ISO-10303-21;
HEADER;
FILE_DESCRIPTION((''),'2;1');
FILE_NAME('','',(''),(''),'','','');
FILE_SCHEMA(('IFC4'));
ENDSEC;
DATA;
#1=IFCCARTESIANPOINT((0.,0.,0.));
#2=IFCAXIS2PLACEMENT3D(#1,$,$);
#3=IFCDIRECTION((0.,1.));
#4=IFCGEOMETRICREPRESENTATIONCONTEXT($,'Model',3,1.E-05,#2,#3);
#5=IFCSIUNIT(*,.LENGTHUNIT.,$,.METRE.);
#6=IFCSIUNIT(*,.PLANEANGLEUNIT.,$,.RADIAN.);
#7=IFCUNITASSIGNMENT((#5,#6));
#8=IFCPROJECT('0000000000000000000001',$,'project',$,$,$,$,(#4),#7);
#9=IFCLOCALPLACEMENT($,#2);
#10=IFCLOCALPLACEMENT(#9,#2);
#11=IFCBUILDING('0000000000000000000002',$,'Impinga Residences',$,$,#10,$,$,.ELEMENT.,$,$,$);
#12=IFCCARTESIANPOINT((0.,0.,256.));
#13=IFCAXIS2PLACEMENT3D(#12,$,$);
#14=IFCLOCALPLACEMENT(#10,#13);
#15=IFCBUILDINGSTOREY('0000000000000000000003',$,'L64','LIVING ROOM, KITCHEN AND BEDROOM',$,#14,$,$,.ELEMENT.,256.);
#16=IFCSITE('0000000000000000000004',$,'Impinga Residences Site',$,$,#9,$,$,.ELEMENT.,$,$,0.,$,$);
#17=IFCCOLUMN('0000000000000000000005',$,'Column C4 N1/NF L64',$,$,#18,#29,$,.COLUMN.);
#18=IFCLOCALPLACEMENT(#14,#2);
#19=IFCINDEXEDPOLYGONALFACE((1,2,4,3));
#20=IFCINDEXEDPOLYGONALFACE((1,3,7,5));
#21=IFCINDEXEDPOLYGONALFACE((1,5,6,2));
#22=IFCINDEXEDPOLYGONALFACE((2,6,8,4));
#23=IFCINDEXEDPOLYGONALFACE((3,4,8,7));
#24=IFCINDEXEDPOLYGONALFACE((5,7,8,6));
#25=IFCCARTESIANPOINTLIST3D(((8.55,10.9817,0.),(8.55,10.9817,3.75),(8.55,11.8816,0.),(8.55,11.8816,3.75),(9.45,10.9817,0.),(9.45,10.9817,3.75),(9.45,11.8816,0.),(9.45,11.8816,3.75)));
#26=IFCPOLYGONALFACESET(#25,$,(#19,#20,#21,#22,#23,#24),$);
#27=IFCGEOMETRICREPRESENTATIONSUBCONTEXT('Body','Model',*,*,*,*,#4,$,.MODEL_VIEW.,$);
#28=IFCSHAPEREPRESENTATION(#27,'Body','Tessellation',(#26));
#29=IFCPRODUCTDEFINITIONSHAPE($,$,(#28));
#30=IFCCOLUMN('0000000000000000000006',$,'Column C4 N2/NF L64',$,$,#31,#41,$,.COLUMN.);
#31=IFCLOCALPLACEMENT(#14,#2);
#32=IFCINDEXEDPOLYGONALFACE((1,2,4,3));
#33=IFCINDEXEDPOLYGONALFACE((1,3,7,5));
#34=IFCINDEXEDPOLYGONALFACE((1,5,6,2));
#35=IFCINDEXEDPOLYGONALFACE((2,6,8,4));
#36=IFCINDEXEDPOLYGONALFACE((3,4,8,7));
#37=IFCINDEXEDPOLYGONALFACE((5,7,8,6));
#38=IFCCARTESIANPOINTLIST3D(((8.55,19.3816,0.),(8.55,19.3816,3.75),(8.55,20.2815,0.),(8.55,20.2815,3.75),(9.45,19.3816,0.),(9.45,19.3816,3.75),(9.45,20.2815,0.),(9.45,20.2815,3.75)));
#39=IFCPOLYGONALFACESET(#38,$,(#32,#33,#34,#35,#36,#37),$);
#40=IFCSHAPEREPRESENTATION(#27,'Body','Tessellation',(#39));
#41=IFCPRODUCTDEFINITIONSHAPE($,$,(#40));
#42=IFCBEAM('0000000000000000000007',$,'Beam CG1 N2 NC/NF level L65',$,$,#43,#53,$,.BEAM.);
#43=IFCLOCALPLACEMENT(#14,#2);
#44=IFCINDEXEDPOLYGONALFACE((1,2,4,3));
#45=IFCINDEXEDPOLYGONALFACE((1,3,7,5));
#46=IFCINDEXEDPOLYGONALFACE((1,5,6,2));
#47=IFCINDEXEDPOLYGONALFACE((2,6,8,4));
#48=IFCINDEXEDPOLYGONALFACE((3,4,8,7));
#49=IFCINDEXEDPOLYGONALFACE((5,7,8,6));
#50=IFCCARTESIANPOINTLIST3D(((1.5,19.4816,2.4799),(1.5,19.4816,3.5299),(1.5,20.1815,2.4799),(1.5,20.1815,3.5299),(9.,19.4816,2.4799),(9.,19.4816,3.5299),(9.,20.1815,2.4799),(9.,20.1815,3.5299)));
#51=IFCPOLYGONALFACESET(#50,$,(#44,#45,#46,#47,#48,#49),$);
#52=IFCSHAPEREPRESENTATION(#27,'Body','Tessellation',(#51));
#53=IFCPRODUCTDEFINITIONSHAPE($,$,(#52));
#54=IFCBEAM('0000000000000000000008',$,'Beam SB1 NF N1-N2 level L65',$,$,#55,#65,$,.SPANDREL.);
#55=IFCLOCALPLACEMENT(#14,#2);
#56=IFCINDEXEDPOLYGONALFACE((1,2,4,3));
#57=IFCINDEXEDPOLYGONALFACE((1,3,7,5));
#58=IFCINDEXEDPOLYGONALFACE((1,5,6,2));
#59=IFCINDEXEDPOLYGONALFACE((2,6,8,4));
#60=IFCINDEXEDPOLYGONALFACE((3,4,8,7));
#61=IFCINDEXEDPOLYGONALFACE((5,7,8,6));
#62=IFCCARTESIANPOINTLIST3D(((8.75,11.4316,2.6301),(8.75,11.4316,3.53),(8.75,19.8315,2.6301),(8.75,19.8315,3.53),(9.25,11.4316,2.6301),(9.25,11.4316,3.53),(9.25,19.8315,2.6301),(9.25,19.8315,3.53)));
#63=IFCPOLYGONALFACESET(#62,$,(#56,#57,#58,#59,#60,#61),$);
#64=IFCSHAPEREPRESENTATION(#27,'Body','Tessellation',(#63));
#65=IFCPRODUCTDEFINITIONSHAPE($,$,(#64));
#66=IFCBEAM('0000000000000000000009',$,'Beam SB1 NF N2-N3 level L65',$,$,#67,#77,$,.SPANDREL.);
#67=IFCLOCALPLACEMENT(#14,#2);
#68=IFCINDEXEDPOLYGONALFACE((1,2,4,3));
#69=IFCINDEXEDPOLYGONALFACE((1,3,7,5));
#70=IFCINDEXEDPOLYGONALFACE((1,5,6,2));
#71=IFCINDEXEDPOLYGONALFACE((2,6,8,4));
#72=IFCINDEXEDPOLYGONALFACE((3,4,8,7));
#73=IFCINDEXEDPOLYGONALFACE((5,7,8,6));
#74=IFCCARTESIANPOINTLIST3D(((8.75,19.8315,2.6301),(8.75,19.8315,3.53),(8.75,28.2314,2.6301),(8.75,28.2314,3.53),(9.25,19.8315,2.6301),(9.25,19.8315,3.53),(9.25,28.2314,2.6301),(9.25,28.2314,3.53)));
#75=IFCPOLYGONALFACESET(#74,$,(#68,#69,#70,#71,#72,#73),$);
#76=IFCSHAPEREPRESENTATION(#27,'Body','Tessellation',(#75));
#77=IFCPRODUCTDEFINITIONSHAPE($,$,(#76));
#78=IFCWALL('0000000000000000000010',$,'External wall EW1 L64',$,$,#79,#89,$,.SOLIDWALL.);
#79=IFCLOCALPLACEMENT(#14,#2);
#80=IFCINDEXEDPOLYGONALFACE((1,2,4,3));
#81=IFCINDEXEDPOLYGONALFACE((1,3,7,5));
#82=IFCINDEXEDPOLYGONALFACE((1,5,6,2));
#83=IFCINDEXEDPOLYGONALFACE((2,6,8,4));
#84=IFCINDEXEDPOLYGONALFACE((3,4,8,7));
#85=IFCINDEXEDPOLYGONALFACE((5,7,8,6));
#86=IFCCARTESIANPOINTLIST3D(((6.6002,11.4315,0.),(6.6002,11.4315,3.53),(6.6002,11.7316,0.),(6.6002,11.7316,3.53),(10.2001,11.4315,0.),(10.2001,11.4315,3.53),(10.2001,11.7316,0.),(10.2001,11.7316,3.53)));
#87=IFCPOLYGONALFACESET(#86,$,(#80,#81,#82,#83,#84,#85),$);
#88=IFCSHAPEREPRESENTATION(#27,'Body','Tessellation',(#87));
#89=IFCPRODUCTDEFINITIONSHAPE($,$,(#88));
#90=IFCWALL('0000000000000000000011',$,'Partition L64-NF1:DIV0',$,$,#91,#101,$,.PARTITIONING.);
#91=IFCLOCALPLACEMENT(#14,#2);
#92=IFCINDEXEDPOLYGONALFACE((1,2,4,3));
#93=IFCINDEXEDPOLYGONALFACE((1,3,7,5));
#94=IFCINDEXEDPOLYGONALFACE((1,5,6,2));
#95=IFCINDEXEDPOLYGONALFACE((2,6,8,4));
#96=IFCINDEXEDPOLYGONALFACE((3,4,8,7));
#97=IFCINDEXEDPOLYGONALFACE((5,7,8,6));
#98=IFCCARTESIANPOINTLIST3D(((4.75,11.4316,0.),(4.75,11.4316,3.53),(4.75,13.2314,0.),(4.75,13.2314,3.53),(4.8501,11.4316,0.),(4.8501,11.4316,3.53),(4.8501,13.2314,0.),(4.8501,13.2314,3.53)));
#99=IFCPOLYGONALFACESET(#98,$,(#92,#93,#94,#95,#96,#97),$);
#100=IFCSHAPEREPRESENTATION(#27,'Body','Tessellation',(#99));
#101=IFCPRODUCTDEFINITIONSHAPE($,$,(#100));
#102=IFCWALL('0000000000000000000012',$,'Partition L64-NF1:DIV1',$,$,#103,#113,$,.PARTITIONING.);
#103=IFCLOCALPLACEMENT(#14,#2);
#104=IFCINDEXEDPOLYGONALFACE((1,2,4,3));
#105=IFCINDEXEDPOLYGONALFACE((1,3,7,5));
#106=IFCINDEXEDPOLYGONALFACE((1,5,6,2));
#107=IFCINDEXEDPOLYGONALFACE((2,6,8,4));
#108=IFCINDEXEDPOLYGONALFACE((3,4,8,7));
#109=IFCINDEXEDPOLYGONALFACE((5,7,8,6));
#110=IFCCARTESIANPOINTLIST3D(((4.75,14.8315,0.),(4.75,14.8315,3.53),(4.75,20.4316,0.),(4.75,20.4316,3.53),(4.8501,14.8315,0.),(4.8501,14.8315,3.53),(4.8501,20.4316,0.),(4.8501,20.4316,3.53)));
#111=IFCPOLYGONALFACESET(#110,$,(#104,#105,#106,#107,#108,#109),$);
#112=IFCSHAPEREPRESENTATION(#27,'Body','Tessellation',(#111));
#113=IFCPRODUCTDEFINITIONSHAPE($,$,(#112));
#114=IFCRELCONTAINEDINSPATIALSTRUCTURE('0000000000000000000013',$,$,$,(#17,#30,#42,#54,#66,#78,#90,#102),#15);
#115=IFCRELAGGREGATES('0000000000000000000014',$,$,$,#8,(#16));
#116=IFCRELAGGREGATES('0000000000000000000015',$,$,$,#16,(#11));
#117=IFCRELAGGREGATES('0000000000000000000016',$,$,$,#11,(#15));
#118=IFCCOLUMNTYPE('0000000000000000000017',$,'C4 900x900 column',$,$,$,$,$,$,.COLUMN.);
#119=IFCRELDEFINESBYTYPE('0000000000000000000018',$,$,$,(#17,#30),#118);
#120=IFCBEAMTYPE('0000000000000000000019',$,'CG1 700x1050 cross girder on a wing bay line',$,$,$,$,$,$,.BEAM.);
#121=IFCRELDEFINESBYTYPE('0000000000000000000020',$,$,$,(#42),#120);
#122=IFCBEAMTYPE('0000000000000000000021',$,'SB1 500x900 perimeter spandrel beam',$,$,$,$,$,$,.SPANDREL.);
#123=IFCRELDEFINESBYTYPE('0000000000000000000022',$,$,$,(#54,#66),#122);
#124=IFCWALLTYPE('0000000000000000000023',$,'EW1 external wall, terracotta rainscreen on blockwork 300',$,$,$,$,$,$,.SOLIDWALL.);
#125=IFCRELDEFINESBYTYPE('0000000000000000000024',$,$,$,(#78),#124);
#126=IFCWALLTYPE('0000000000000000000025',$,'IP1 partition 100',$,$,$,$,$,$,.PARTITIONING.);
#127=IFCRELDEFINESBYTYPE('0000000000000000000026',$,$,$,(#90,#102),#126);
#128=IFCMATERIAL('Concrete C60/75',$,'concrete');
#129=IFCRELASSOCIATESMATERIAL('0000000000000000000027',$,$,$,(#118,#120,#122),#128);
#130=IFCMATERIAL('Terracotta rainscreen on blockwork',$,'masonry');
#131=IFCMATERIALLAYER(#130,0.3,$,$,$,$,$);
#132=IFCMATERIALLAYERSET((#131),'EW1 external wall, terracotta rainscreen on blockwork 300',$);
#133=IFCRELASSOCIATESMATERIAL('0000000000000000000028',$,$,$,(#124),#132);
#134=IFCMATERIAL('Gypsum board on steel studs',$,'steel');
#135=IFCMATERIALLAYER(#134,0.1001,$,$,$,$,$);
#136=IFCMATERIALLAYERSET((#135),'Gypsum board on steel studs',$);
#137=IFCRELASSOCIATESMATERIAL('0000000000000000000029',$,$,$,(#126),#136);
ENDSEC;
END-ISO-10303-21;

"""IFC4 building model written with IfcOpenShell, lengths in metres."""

from ifc_helpers import new_model, si_unit, direction, frame, frame_2d, origin, origin_2d, place, context, subcontext, project, spatial, rectangle, extrude, material, layer, layer_set, material_profile, profile_set, type_object, element, save


model = new_model("IFC4")

# Units and contexts
model_context = context("Model", 3, precision=1e-05, world=origin(), true_north=direction((0.0, 1.0)))
body_context = subcontext(model_context, "Body", "Model", "MODEL_VIEW")
ifc_project = project(units=[si_unit("LENGTHUNIT", "METRE"), si_unit("PLANEANGLEUNIT", "RADIAN")], contexts=[model_context])

# Site, building, storey
site_placement = place(None, origin())
site = spatial("IfcSite", under=ifc_project, at=site_placement, Name="Impinga Residences Site", CompositionType="ELEMENT", RefElevation=0.0)
building_placement = place(site_placement, origin())
building = spatial("IfcBuilding", under=site, at=building_placement, Name="Impinga Residences", CompositionType="ELEMENT")
storey_placement = place(building_placement, frame((0.0, 0.0, 256.0)))
storey = spatial("IfcBuildingStorey", under=building, at=storey_placement, Name="L64", Description="LIVING ROOM, KITCHEN AND BEDROOM", CompositionType="ELEMENT", Elevation=256.0)

# Columns
ifc_material_1 = material(Name="Concrete C60/75", Category="concrete")
ifc_material_profile_1 = material_profile(ifc_material_1, rectangle(XDim=0.8999, YDim=0.8999, at=origin_2d()), Name="RC 900x900")
ifc_profile_set_1 = profile_set([ifc_material_profile_1], Name="Concrete C60/75")
column_type = type_object("IfcColumnType", Name="C4 900x900 column", PredefinedType="COLUMN", material=ifc_profile_set_1)
for number, where, z_axis, x_axis, name in (
    (1, (9.0, 11.4316, 0.0), (0.0, 0.0, 1.0), (1.0, 0.0, 0.0), "Column C4 N1/NF L64"),
    (2, (9.0, 19.8315, 0.0), (0.0, 0.0, 1.0), (1.0, 0.0, 0.0), "Column C4 N2/NF L64"),
):
    element("IfcColumn", number, at=place(storey_placement, frame(where, z_axis=z_axis, x_axis=x_axis)), inside=storey, type_object=column_type, Name=name, PredefinedType="COLUMN", context=body_context, shape_type="SweptSolid", body=[
        extrude(rectangle(XDim=0.8999, YDim=0.8999, at=origin_2d()), origin(), (0.0, 0.0, 1.0), 3.75),
    ])

# Beams
ifc_material_profile_2 = material_profile(ifc_material_1, rectangle(XDim=0.7, YDim=1.05, at=origin_2d()), Name="RC 700x1050")
ifc_profile_set_2 = profile_set([ifc_material_profile_2], Name="Concrete C60/75")
beam_type_1 = type_object("IfcBeamType", Name="CG1 700x1050 cross girder on a wing bay line", PredefinedType="BEAM", material=ifc_profile_set_2)
beam_placement = place(storey_placement, frame((1.5, 19.8315, 3.0049), z_axis=(1.0, 0.0, 0.0), x_axis=(0.0, 1.0, 0.0)))
element("IfcBeam", 3, at=beam_placement, inside=storey, type_object=beam_type_1, Name="Beam CG1 N2 NC/NF level L65", PredefinedType="BEAM", context=body_context, shape_type="SweptSolid", body=[
    extrude(rectangle(XDim=0.7, YDim=1.05, at=origin_2d()), origin(), (0.0, 0.0, 1.0), 7.5),
])
ifc_material_profile_3 = material_profile(ifc_material_1, rectangle(XDim=0.5, YDim=0.8999, at=origin_2d()), Name="RC 500x900")
ifc_profile_set_3 = profile_set([ifc_material_profile_3], Name="Concrete C60/75")
beam_type_2 = type_object("IfcBeamType", Name="SB1 500x900 perimeter spandrel beam", PredefinedType="SPANDREL", material=ifc_profile_set_3)
for number, where, z_axis, x_axis, name in (
    (4, (9.0, 11.4316, 3.0801), (0.0, 1.0, 0.0), (-1.0, 0.0, 0.0), "Beam SB1 NF N1-N2 level L65"),
    (5, (9.0, 19.8315, 3.0801), (0.0, 1.0, 0.0), (-1.0, 0.0, 0.0), "Beam SB1 NF N2-N3 level L65"),
):
    element("IfcBeam", number, at=place(storey_placement, frame(where, z_axis=z_axis, x_axis=x_axis)), inside=storey, type_object=beam_type_2, Name=name, PredefinedType="SPANDREL", context=body_context, shape_type="SweptSolid", body=[
        extrude(rectangle(XDim=0.5, YDim=0.8999, at=origin_2d()), origin(), (0.0, 0.0, 1.0), 8.3999),
    ])

# Walls
ifc_material_2 = material(Name="Terracotta rainscreen on blockwork", Category="masonry")
ifc_layer_1 = layer(ifc_material_2, 0.3)
ifc_layer_set_1 = layer_set([ifc_layer_1], Name="EW1 external wall, terracotta rainscreen on blockwork 300")
wall_type_1 = type_object("IfcWallType", Name="EW1 external wall, terracotta rainscreen on blockwork 300", PredefinedType="SOLIDWALL", material=ifc_layer_set_1)
wall_1_placement = place(storey_placement, frame((10.2, 11.5815, 0.0), z_axis=(0.0, 0.0, 1.0), x_axis=(-1.0, 0.0, 0.0)))
element("IfcWall", 6, at=wall_1_placement, inside=storey, type_object=wall_type_1, Name="External wall EW1 L64", PredefinedType="SOLIDWALL", context=body_context, shape_type="SweptSolid", body=[
    extrude(rectangle(XDim=3.5999, YDim=0.3, at=frame_2d((1.7998, 0.0))), origin(), (0.0, 0.0, 1.0), 3.53),
])
ifc_material_3 = material(Name="Gypsum board on steel studs", Category="steel")
ifc_layer_2 = layer(ifc_material_3, 0.1001)
ifc_layer_set_2 = layer_set([ifc_layer_2], Name="Gypsum board on steel studs")
wall_type_2 = type_object("IfcWallType", Name="IP1 partition 100", PredefinedType="PARTITIONING", material=ifc_layer_set_2)
wall_2_placement = place(storey_placement, frame((4.8, 11.4316, 0.0), z_axis=(0.0, 0.0, 1.0), x_axis=(0.0, 1.0, 0.0)))
element("IfcWall", 7, at=wall_2_placement, inside=storey, type_object=wall_type_2, Name="Partition L64-NF1:DIV0", PredefinedType="PARTITIONING", context=body_context, shape_type="SweptSolid", body=[
    extrude(rectangle(XDim=1.7998, YDim=0.1001, at=frame_2d((0.8999, 0.0))), origin(), (0.0, 0.0, 1.0), 3.53),
])
wall_3_placement = place(storey_placement, frame((4.8, 14.8315, 0.0), z_axis=(0.0, 0.0, 1.0), x_axis=(0.0, 1.0, 0.0)))
element("IfcWall", 8, at=wall_3_placement, inside=storey, type_object=wall_type_2, Name="Partition L64-NF1:DIV1", PredefinedType="PARTITIONING", context=body_context, shape_type="SweptSolid", body=[
    extrude(rectangle(XDim=5.6001, YDim=0.1001, at=frame_2d((2.8, 0.0))), origin(), (0.0, 0.0, 1.0), 3.53),
])

save(model, "model.ifc")
